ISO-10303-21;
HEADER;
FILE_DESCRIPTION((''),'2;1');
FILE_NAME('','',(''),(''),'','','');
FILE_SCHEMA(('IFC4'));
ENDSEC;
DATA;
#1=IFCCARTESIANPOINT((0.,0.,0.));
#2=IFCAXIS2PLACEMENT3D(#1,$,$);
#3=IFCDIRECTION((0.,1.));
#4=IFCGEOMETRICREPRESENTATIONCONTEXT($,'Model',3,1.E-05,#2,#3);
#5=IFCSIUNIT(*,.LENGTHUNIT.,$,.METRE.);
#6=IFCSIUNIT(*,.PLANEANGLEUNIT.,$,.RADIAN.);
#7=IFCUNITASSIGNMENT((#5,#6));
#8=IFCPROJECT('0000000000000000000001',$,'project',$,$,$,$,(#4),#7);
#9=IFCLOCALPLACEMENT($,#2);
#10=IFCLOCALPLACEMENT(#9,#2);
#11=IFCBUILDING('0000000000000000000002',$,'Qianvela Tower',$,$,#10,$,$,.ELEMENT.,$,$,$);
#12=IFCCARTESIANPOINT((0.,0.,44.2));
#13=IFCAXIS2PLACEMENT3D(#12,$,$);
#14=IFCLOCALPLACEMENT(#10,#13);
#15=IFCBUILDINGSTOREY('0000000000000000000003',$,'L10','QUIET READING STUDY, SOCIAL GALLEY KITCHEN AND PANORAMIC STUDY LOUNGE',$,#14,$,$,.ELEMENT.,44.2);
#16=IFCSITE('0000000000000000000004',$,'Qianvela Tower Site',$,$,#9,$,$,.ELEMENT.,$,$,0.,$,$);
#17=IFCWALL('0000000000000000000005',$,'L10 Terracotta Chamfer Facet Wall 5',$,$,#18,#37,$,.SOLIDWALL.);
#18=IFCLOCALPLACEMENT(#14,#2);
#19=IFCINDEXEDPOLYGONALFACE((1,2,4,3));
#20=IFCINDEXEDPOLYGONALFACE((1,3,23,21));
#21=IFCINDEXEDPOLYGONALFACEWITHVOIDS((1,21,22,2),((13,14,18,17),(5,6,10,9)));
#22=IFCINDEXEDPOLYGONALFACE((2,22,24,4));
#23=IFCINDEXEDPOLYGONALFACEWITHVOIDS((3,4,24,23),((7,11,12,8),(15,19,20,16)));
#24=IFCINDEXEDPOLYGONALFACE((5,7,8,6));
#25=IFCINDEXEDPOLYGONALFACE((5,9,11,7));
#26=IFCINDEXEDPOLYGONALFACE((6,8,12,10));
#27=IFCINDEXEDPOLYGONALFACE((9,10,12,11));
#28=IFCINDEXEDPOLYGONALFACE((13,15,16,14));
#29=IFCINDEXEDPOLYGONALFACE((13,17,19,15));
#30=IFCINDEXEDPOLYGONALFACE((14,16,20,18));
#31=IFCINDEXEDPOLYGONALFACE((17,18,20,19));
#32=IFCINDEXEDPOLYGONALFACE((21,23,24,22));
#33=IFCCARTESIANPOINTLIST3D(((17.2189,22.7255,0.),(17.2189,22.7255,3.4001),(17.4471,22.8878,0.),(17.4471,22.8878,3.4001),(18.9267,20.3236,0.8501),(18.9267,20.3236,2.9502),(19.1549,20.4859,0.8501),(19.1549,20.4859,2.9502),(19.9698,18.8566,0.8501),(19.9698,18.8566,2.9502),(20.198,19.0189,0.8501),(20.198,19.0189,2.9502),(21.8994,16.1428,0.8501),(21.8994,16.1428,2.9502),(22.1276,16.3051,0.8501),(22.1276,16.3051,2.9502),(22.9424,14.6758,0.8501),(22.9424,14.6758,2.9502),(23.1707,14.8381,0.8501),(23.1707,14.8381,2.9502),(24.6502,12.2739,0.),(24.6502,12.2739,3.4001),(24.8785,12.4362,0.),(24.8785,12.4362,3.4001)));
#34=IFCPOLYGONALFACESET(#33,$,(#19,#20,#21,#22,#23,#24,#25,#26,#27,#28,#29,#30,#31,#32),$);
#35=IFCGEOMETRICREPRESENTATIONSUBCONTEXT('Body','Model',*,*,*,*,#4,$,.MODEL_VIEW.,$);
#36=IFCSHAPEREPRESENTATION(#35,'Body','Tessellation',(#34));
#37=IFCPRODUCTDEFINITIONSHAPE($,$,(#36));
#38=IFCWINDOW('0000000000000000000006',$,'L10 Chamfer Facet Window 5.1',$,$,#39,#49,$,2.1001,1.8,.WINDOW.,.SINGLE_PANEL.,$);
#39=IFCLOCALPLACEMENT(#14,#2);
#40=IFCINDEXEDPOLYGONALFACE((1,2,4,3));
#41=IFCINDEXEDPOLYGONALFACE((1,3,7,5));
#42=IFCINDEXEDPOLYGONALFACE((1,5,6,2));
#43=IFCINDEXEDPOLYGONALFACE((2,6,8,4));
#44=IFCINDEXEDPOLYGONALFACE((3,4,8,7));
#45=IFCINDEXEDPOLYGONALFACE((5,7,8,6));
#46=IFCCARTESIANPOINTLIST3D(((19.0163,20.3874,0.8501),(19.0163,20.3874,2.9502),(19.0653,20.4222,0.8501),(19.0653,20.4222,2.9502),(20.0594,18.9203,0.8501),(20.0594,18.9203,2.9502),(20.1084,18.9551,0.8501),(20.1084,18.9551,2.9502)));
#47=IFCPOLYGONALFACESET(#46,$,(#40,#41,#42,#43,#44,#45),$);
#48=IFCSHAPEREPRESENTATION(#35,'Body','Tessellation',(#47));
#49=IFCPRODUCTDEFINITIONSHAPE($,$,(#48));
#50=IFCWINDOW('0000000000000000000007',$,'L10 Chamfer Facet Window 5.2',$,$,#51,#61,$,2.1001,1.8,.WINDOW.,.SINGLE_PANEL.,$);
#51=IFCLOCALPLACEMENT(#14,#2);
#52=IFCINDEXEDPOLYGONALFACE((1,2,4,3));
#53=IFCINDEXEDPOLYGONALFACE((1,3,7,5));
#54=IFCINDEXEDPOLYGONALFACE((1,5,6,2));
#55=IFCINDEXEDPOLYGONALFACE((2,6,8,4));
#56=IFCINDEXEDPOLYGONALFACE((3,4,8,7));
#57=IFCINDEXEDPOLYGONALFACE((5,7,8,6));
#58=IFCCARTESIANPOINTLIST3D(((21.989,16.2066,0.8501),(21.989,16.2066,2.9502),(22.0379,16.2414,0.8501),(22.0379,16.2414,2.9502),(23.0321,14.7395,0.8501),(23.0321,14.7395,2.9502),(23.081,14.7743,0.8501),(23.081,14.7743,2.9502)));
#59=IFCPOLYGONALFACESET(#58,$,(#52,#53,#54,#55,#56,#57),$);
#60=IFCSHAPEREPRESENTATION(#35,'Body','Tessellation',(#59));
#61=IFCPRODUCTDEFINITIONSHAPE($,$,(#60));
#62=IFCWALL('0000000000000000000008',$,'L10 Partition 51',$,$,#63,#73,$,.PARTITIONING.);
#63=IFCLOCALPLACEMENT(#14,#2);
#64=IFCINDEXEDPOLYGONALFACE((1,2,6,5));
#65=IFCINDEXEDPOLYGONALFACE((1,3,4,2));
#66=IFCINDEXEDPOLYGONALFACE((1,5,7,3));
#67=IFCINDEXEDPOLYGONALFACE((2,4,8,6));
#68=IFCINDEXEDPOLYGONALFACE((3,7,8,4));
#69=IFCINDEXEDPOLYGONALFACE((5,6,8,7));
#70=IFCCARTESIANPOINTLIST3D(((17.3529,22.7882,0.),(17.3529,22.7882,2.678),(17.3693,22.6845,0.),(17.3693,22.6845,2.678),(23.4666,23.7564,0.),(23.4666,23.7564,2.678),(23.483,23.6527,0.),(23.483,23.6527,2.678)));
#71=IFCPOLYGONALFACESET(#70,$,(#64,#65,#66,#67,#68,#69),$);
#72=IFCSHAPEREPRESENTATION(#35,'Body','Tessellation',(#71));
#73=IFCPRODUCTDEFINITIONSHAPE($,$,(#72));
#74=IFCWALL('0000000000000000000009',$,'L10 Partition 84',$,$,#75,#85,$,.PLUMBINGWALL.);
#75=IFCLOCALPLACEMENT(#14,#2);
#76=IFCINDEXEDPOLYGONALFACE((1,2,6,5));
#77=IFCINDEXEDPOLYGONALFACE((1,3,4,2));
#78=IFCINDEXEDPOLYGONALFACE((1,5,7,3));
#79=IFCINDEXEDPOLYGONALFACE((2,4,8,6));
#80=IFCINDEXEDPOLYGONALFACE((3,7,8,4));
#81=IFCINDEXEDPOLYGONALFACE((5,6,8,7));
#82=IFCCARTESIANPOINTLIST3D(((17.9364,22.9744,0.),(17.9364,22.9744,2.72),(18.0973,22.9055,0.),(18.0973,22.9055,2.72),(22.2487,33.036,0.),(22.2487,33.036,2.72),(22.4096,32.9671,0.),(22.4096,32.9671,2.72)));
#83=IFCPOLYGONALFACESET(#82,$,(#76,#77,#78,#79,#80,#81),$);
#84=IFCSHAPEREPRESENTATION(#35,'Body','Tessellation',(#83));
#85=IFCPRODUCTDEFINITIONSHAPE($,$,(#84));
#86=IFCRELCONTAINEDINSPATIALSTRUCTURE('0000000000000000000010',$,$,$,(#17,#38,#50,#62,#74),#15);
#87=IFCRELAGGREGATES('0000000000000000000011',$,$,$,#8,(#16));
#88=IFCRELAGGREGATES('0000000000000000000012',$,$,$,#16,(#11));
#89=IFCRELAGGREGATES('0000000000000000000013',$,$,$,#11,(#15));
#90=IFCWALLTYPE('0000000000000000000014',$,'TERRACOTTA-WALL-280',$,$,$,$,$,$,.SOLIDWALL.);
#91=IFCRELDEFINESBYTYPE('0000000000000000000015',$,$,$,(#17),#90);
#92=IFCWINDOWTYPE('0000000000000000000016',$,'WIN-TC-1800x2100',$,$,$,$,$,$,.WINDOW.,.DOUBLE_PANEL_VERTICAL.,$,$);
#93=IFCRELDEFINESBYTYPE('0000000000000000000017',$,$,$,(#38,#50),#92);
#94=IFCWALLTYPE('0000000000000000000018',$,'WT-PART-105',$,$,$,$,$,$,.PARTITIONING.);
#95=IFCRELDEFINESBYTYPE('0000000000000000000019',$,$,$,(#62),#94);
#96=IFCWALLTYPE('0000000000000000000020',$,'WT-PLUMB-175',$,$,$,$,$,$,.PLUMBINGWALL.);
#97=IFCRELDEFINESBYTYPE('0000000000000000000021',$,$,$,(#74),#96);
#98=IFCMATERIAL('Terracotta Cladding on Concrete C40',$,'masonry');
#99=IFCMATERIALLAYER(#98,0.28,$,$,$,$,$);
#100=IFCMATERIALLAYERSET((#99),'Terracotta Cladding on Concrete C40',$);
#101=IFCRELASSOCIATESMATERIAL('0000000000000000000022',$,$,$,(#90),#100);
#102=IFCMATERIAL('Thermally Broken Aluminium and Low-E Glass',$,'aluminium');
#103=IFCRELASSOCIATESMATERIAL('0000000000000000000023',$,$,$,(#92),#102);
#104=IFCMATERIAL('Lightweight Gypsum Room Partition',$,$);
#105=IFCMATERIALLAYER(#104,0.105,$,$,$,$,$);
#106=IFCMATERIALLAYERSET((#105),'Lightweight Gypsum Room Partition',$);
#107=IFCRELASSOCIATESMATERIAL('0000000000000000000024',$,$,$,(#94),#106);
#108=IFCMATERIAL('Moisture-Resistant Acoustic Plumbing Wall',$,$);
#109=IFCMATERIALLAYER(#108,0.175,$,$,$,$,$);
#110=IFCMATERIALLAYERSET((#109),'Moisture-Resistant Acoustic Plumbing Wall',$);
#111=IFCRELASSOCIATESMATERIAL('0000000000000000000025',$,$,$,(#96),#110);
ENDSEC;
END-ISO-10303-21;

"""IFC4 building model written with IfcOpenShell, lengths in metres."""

from ifc_helpers import new_model, si_unit, direction, frame, frame_2d, origin, place, context, subcontext, project, spatial, rectangle, extrude, material, layer, layer_set, type_object, element, fill, save


model = new_model("IFC4")

# Units and contexts
model_context = context("Model", 3, precision=1e-05, world=origin(), true_north=direction((0.0, 1.0)))
body_context = subcontext(model_context, "Body", "Model", "MODEL_VIEW")
ifc_project = project(units=[si_unit("LENGTHUNIT", "METRE"), si_unit("PLANEANGLEUNIT", "RADIAN")], contexts=[model_context])

# Site, building, storey
site_placement = place(None, origin())
site = spatial("IfcSite", under=ifc_project, at=site_placement, Name="Qianvela Tower Site", CompositionType="ELEMENT", RefElevation=0.0)
building_placement = place(site_placement, origin())
building = spatial("IfcBuilding", under=site, at=building_placement, Name="Qianvela Tower", CompositionType="ELEMENT")
storey_placement = place(building_placement, frame((0.0, 0.0, 44.2)))
storey = spatial("IfcBuildingStorey", under=building, at=storey_placement, Name="L10", Description="QUIET READING STUDY, SOCIAL GALLEY KITCHEN AND PANORAMIC STUDY LOUNGE", CompositionType="ELEMENT", Elevation=44.2)

# Wall, openings, windows
ifc_material_1 = material(Name="Terracotta Cladding on Concrete C40", Category="masonry")
ifc_layer_1 = layer(ifc_material_1, 0.28)
ifc_layer_set_1 = layer_set([ifc_layer_1], Name="Terracotta Cladding on Concrete C40")
wall_type_1 = type_object("IfcWallType", Name="TERRACOTTA-WALL-280", PredefinedType="SOLIDWALL", material=ifc_layer_set_1)
wall_1_placement = place(storey_placement, frame((17.333, 22.8066, 0.0), z_axis=(0.0, 0.0, 1.0), x_axis=(0.579477, -0.814988, 0.0)))
wall_1 = element("IfcWall", 1, at=wall_1_placement, inside=storey, type_object=wall_type_1, Name="L10 Terracotta Chamfer Facet Wall 5", PredefinedType="SOLIDWALL", context=body_context, shape_type="SweptSolid", body=[
    extrude(rectangle(XDim=12.8242, YDim=0.28, at=frame_2d((6.4121, 0.0))), origin(), (0.0, 0.0, 1.0), 3.4001),
])
opening_1_placement = place(wall_1_placement, frame((2.9473, 0.0, 0.8501)))
opening_1 = element("IfcOpeningElement", 2, at=opening_1_placement, cuts=wall_1, PredefinedType="OPENING", context=body_context, shape_type="SweptSolid", body=[
    extrude(rectangle(XDim=1.8, YDim=2.1001, at=frame_2d((0.8999, 1.05))), frame((0.0, 0.1499, 0.0), z_axis=(0.0, -1.0, 0.0), x_axis=(1.0, 0.0, 0.0)), (0.0, 0.0, 1.0), 0.3),
])
opening_2_placement = place(wall_1_placement, frame((8.0771, 0.0, 0.8501)))
opening_2 = element("IfcOpeningElement", 3, at=opening_2_placement, cuts=wall_1, PredefinedType="OPENING", context=body_context, shape_type="SweptSolid", body=[
    extrude(rectangle(XDim=1.8, YDim=2.1001, at=frame_2d((0.8999, 1.05))), frame((0.0, 0.1499, 0.0), z_axis=(0.0, -1.0, 0.0), x_axis=(1.0, 0.0, 0.0)), (0.0, 0.0, 1.0), 0.3),
])
ifc_material_2 = material(Name="Thermally Broken Aluminium and Low-E Glass", Category="aluminium")
window_type = type_object("IfcWindowType", Name="WIN-TC-1800x2100", PartitioningType="DOUBLE_PANEL_VERTICAL", PredefinedType="WINDOW", material=ifc_material_2)
window_1_placement = place(opening_1_placement, origin())
window_1 = element("IfcWindow", 4, at=window_1_placement, inside=storey, type_object=window_type, Name="L10 Chamfer Facet Window 5.1", OverallHeight=2.1001, OverallWidth=1.8, PartitioningType="SINGLE_PANEL", PredefinedType="WINDOW", context=body_context, shape_type="SweptSolid", body=[
    extrude(rectangle(XDim=1.8, YDim=2.1001, at=frame_2d((0.8999, 1.05))), frame((0.0, 0.03, 0.0), z_axis=(0.0, -1.0, 0.0), x_axis=(1.0, 0.0, 0.0)), (0.0, 0.0, 1.0), 0.0601),
])
fill(opening_1, window_1)
window_2_placement = place(opening_2_placement, origin())
window_2 = element("IfcWindow", 5, at=window_2_placement, inside=storey, type_object=window_type, Name="L10 Chamfer Facet Window 5.2", OverallHeight=2.1001, OverallWidth=1.8, PartitioningType="SINGLE_PANEL", PredefinedType="WINDOW", context=body_context, shape_type="SweptSolid", body=[
    extrude(rectangle(XDim=1.8, YDim=2.1001, at=frame_2d((0.8999, 1.05))), frame((0.0, 0.03, 0.0), z_axis=(0.0, -1.0, 0.0), x_axis=(1.0, 0.0, 0.0)), (0.0, 0.0, 1.0), 0.0601),
])
fill(opening_2, window_2)

# Walls
ifc_material_3 = material(Name="Lightweight Gypsum Room Partition")
ifc_layer_2 = layer(ifc_material_3, 0.105)
ifc_layer_set_2 = layer_set([ifc_layer_2], Name="Lightweight Gypsum Room Partition")
wall_type_2 = type_object("IfcWallType", Name="WT-PART-105", PredefinedType="PARTITIONING", material=ifc_layer_set_2)
wall_2_placement = place(storey_placement, frame((17.3611, 22.7363, 0.0), z_axis=(0.0, 0.0, 1.0), x_axis=(0.98769, 0.156424, 0.0)))
element("IfcWall", 6, at=wall_2_placement, inside=storey, type_object=wall_type_2, Name="L10 Partition 51", PredefinedType="PARTITIONING", context=body_context, shape_type="SweptSolid", body=[
    extrude(rectangle(XDim=6.1899, YDim=0.105, at=frame_2d((3.095, 0.0))), origin(), (0.0, 0.0, 1.0), 2.678),
])
ifc_material_4 = material(Name="Moisture-Resistant Acoustic Plumbing Wall")
ifc_layer_3 = layer(ifc_material_4, 0.175)
ifc_layer_set_3 = layer_set([ifc_layer_3], Name="Moisture-Resistant Acoustic Plumbing Wall")
wall_type_3 = type_object("IfcWallType", Name="WT-PLUMB-175", PredefinedType="PLUMBINGWALL", material=ifc_layer_set_3)
wall_3_placement = place(storey_placement, frame((18.0168, 22.9399, 0.0), z_axis=(0.0, 0.0, 1.0), x_axis=(0.393933, 0.919139, 0.0)))
element("IfcWall", 7, at=wall_3_placement, inside=storey, type_object=wall_type_3, Name="L10 Partition 84", PredefinedType="PLUMBINGWALL", context=body_context, shape_type="SweptSolid", body=[
    extrude(rectangle(XDim=10.9468, YDim=0.175, at=frame_2d((5.4734, 0.0))), origin(), (0.0, 0.0, 1.0), 2.72),
])

save(model, "model.ifc")
